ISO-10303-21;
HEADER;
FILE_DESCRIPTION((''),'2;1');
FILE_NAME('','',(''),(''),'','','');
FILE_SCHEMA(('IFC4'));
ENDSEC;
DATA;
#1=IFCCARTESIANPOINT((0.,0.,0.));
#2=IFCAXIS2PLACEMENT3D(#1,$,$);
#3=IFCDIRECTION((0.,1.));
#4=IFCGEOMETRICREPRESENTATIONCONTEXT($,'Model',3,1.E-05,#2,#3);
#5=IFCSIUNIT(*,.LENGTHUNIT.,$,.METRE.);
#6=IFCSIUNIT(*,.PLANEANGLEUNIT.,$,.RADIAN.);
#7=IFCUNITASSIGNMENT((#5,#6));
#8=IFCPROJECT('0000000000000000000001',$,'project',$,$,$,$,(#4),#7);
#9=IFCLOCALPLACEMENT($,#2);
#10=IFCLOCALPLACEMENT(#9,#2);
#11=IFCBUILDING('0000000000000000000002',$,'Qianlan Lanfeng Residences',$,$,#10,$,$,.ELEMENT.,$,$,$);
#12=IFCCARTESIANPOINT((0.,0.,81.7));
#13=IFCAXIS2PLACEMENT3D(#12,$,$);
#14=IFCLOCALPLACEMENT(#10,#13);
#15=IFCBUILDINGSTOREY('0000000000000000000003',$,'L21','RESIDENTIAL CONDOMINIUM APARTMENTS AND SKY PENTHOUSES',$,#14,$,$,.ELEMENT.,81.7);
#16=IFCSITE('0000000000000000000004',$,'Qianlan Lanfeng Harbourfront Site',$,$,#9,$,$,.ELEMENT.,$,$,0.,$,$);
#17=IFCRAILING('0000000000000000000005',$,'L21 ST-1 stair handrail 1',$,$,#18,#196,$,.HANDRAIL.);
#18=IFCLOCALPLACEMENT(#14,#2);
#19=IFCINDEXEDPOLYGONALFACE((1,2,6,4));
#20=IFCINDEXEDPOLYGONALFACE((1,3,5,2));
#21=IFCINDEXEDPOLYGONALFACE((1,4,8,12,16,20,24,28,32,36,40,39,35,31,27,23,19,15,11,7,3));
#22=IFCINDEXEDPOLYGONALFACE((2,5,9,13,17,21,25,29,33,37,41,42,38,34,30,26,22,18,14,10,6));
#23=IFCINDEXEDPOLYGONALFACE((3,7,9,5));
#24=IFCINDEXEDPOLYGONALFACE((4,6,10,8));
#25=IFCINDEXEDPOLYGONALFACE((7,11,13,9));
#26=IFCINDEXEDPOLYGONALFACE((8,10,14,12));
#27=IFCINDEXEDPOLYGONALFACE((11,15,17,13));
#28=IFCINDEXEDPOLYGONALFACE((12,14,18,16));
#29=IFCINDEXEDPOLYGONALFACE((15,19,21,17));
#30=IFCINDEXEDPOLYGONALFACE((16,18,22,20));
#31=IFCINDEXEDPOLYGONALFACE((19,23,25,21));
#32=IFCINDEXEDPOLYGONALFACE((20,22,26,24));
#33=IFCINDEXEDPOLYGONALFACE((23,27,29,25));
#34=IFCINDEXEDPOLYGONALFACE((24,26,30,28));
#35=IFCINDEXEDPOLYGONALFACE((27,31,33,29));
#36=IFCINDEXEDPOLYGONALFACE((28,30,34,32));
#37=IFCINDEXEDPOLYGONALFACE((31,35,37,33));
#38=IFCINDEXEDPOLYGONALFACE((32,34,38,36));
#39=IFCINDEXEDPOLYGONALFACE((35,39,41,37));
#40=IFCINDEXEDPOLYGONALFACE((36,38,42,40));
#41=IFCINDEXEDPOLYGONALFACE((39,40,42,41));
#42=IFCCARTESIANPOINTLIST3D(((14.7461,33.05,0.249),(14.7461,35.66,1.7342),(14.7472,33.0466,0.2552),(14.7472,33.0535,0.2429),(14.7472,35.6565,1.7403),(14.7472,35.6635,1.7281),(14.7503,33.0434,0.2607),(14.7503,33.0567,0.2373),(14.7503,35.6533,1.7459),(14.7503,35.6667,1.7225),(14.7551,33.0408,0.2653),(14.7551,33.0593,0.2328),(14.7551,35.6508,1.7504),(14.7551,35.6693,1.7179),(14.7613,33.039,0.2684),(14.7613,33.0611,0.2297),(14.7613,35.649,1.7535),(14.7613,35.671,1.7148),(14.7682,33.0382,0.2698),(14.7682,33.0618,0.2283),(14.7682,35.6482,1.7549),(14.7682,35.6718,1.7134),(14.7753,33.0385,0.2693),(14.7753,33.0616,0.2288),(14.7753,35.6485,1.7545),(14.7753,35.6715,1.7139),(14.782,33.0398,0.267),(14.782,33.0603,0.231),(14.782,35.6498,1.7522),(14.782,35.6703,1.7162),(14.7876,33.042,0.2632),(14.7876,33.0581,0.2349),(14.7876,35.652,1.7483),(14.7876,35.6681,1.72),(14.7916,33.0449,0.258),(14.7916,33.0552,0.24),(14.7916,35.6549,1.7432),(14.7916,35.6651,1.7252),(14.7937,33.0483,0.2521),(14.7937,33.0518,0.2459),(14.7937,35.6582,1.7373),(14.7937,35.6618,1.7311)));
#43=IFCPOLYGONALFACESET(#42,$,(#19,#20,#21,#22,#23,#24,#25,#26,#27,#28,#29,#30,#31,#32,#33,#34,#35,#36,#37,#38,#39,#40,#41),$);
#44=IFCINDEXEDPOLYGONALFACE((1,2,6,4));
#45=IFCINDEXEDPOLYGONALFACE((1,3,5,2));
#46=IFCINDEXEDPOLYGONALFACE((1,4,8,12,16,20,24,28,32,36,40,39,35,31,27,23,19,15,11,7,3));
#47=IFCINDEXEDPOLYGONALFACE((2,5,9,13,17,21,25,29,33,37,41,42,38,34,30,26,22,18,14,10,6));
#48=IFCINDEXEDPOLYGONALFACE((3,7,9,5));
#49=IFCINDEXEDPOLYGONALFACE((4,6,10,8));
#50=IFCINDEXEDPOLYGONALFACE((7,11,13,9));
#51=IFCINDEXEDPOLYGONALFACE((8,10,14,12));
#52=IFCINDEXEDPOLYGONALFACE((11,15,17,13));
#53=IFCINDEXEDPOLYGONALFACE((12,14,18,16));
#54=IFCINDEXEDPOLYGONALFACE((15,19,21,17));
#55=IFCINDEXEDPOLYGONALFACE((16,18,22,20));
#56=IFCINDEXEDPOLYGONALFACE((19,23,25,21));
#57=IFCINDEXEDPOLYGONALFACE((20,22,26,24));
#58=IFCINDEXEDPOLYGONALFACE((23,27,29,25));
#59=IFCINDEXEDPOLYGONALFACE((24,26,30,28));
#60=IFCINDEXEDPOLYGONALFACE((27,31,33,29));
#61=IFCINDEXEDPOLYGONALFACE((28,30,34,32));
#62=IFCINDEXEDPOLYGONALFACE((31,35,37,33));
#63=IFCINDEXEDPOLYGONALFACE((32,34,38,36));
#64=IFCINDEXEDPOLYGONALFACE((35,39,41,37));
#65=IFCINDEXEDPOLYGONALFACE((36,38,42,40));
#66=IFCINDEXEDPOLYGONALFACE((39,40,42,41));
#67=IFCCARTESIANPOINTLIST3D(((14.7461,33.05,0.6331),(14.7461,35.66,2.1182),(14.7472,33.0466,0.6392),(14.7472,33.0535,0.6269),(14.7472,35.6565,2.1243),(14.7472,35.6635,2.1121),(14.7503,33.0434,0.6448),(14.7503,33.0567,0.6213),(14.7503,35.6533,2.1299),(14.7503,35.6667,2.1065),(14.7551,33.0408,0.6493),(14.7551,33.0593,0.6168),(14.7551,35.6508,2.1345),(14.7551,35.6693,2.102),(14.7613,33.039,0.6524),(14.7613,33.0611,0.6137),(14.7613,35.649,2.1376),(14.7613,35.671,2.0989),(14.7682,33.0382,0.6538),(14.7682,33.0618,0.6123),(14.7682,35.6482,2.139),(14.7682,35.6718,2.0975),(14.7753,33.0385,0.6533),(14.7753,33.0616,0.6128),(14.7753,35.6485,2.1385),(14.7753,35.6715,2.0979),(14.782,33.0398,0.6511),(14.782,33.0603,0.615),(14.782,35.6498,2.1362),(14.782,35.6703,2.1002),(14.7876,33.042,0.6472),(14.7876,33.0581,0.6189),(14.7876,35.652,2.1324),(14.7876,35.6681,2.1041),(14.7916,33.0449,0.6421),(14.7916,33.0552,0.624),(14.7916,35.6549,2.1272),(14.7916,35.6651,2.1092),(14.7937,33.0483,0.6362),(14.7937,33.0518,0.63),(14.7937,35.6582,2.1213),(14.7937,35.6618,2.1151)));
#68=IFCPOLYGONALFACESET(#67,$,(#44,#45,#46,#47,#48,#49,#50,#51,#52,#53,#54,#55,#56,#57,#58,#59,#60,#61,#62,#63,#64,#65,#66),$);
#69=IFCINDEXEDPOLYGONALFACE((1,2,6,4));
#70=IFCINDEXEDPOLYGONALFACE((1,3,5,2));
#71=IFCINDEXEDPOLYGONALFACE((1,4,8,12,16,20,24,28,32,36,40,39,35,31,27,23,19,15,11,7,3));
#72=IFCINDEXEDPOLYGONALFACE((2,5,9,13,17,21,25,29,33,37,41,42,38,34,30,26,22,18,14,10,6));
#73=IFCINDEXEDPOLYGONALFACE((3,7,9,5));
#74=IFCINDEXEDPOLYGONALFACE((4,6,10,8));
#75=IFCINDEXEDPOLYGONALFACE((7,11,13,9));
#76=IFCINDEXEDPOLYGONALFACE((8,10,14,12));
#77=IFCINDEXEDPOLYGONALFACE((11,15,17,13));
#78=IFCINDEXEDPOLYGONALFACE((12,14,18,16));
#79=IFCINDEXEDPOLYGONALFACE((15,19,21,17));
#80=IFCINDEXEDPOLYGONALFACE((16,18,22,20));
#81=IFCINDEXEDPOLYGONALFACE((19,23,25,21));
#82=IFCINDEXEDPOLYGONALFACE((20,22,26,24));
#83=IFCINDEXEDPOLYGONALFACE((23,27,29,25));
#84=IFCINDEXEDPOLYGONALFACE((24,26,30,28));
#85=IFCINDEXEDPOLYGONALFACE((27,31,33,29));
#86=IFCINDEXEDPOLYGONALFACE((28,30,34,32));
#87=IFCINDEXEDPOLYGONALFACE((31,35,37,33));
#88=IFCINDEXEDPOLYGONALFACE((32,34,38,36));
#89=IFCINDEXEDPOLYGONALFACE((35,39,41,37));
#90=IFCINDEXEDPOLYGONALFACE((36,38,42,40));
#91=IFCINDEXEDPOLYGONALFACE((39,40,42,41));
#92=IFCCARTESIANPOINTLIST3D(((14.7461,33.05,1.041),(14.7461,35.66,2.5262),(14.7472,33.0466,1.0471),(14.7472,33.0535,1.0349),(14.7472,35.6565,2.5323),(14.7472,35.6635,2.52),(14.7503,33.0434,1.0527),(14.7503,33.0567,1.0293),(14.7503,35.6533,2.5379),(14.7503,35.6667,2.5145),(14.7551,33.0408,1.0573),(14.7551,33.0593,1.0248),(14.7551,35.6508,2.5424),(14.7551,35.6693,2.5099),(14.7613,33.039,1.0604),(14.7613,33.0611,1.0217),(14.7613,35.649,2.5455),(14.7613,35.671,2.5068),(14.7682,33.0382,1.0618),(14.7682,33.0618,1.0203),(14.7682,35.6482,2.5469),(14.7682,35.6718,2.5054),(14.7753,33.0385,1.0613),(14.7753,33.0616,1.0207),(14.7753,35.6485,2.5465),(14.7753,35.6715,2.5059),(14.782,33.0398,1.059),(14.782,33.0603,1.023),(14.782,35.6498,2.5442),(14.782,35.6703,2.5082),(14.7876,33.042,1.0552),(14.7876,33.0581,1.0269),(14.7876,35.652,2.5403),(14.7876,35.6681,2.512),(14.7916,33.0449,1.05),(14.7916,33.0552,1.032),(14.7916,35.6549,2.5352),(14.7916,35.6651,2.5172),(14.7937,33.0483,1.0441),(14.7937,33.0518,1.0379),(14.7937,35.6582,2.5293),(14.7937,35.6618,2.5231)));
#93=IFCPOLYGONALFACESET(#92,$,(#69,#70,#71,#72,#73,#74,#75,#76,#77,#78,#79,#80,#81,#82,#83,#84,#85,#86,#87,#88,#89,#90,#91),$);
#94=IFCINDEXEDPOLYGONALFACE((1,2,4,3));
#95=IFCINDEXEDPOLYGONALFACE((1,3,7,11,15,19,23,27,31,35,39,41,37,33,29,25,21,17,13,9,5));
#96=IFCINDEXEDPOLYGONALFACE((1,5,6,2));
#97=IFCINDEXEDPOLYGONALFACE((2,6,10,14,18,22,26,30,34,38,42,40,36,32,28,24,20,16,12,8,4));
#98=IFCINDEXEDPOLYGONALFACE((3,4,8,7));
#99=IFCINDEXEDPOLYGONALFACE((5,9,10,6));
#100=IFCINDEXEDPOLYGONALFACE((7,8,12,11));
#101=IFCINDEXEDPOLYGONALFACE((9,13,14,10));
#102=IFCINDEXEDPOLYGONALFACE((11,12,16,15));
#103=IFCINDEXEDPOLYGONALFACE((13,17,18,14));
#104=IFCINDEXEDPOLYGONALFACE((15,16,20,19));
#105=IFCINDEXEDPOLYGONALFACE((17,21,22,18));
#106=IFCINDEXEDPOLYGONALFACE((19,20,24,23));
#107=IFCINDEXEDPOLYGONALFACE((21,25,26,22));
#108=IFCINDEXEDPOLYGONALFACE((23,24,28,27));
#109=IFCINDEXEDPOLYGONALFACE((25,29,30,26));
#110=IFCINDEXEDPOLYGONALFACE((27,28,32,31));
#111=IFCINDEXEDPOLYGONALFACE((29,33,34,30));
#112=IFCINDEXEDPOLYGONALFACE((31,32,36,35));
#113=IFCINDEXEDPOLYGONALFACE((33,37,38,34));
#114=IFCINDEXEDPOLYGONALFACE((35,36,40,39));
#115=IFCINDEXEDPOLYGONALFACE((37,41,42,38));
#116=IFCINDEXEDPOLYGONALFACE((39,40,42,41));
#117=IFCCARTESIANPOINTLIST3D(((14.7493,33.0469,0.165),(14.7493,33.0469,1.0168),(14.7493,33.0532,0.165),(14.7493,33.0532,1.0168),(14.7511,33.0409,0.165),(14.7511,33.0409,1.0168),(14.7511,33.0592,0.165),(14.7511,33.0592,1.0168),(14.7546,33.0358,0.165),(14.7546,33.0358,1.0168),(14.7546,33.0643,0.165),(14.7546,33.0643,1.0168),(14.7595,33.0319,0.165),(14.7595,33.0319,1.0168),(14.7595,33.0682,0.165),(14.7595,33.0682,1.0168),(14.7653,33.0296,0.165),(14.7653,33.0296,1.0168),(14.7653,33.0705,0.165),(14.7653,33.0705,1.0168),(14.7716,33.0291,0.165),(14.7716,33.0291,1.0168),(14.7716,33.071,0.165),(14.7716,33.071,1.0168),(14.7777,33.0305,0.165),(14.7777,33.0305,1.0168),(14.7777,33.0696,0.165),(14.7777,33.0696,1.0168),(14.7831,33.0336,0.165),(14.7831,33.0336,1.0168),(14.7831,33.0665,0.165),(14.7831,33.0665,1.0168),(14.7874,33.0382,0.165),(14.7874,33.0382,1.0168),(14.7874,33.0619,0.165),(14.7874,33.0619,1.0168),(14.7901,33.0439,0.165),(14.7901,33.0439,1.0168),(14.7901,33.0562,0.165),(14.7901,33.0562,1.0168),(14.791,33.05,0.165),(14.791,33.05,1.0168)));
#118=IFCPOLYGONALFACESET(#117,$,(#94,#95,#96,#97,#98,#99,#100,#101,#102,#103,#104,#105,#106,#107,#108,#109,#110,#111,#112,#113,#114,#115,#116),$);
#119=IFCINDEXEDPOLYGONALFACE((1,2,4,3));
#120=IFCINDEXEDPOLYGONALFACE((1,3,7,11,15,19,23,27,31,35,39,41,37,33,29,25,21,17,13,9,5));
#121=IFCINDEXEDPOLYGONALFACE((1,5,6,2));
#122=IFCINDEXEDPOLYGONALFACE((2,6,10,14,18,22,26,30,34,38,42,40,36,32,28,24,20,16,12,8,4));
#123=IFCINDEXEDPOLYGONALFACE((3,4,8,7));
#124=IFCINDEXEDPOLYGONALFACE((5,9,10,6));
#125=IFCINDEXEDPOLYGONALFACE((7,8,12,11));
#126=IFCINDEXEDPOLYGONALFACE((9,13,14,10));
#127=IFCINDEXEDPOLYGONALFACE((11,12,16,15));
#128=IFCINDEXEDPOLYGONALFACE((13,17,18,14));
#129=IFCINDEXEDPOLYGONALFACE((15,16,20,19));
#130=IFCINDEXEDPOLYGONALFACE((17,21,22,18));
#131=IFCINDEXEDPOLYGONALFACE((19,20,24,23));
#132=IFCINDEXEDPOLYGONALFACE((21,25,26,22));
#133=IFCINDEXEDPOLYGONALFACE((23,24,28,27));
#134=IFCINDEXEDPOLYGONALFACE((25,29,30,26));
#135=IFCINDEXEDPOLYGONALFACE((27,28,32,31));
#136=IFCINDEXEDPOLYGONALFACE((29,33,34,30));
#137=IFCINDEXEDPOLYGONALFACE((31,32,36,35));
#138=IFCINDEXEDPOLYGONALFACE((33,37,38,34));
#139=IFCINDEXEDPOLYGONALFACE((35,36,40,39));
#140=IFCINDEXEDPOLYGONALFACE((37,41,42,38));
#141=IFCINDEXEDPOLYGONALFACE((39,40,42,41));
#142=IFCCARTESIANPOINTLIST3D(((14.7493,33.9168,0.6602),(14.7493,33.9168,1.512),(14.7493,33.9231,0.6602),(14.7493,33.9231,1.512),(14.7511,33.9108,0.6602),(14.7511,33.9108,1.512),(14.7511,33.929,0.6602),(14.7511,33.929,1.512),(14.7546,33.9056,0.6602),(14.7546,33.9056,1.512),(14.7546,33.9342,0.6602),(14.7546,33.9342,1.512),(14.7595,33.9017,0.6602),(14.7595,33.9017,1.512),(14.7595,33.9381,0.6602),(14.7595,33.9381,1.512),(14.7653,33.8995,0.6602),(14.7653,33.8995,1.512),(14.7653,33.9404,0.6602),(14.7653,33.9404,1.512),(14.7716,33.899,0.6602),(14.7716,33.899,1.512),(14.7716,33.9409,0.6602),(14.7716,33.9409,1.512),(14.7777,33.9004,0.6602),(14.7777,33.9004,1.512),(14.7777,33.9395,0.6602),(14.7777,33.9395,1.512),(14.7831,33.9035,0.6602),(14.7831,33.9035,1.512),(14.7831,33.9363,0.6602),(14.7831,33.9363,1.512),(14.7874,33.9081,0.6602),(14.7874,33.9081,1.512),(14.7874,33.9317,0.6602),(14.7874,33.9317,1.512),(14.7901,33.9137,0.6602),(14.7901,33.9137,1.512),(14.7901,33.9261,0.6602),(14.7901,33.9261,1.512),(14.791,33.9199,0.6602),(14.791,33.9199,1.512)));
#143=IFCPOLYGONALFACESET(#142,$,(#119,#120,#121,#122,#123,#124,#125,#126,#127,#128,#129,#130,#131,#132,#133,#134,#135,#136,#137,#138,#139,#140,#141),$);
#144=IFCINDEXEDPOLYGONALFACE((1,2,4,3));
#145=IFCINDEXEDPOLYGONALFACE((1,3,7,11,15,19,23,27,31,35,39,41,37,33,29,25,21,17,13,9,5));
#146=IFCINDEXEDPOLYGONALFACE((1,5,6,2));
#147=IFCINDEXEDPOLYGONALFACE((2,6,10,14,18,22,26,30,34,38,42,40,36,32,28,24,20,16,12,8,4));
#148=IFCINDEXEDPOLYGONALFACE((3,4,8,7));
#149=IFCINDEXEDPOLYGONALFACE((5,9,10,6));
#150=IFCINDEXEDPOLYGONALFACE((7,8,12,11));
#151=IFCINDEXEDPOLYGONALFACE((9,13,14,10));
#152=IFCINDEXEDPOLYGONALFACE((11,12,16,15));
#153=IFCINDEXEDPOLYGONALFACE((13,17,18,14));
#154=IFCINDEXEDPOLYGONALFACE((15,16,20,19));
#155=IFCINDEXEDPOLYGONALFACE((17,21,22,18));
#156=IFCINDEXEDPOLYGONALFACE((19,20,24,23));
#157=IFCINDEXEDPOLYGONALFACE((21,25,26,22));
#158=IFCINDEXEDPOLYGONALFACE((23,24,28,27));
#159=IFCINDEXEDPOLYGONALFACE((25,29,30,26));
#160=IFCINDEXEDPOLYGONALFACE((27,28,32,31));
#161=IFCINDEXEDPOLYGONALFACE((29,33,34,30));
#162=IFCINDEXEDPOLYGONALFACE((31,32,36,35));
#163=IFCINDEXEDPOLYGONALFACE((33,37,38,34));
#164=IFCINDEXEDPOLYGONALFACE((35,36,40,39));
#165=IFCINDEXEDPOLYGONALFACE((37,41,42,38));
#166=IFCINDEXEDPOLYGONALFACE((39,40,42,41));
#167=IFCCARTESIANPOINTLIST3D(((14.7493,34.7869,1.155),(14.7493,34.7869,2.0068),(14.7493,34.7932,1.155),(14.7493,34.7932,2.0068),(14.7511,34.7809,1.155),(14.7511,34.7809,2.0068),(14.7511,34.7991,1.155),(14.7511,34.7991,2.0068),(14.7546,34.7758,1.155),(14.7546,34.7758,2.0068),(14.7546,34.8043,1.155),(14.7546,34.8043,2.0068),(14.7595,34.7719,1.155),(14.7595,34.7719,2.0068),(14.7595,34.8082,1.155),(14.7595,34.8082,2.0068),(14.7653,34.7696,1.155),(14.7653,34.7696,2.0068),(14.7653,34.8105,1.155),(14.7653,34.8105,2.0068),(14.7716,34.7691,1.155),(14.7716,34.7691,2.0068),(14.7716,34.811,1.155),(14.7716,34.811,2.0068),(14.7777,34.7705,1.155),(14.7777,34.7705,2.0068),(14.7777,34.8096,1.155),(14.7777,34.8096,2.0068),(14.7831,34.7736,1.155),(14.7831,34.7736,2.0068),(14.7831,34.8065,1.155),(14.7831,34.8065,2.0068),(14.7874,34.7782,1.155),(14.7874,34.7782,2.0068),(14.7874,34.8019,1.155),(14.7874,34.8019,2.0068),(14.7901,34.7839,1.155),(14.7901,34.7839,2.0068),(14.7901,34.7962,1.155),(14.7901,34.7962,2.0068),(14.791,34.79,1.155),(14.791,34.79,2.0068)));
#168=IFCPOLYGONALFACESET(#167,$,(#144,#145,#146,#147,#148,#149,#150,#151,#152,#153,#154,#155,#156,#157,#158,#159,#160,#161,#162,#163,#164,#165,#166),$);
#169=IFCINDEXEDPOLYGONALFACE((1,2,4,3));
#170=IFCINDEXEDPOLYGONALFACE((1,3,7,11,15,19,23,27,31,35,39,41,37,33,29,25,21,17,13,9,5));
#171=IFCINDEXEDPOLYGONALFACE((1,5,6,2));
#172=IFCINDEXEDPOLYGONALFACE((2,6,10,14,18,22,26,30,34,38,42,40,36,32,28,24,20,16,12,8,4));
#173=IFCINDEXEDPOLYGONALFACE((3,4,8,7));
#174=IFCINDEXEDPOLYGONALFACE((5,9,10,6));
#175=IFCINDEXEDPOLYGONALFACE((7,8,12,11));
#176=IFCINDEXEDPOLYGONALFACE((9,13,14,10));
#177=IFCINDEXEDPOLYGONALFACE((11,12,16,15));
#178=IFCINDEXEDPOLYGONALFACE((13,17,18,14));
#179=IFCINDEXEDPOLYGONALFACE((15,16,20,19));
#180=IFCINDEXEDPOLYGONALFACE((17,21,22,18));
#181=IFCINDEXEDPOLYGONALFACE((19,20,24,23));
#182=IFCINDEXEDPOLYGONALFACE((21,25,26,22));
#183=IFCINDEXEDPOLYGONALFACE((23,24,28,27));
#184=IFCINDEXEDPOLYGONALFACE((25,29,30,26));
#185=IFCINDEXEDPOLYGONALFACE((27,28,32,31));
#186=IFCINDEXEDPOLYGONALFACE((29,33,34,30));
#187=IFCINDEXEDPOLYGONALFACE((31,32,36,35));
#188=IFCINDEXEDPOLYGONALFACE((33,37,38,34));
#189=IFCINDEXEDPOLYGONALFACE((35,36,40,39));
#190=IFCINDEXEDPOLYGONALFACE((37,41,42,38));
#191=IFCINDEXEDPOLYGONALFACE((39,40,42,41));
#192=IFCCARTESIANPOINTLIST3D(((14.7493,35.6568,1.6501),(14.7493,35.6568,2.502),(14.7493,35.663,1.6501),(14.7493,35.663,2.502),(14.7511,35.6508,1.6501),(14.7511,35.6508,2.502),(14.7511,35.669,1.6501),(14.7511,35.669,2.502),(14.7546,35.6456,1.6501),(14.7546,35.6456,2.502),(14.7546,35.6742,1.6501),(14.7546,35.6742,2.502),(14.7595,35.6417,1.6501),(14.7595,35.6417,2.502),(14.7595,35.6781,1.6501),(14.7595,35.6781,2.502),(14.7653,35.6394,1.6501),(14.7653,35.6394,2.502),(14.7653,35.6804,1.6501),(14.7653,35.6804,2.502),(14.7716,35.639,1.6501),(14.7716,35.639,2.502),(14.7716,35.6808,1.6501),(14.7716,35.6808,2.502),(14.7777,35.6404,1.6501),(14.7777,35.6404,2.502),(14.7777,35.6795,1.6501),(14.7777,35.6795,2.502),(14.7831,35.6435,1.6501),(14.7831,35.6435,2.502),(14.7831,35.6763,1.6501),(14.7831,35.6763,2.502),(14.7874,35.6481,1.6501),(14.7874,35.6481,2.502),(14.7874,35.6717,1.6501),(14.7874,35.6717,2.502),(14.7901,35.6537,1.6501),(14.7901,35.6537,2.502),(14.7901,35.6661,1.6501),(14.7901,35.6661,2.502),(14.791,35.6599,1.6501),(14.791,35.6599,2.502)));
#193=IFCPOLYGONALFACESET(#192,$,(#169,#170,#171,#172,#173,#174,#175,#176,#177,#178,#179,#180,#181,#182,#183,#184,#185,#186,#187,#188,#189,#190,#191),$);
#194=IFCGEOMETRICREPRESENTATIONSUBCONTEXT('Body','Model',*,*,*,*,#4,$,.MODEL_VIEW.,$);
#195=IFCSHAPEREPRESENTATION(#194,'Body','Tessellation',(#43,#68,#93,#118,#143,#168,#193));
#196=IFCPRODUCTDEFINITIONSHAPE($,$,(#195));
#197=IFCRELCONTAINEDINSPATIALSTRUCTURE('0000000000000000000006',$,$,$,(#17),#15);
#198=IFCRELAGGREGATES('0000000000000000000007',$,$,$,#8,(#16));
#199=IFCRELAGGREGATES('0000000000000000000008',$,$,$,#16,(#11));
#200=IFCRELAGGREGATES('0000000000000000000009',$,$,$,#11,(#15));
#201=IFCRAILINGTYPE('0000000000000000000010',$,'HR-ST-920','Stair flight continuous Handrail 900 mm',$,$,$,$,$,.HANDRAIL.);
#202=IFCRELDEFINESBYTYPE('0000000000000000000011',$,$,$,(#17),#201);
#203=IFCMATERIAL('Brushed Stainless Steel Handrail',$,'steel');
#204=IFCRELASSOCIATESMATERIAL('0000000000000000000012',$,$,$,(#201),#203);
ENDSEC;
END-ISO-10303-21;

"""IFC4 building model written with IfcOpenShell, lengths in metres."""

from ifc_helpers import new_model, si_unit, direction, frame, origin, origin_2d, place, context, subcontext, project, spatial, circle, extrude, material, type_object, element, save


model = new_model("IFC4")

# Units and contexts
model_context = context("Model", 3, precision=1e-05, world=origin(), true_north=direction((0.0, 1.0)))
body_context = subcontext(model_context, "Body", "Model", "MODEL_VIEW")
ifc_project = project(units=[si_unit("LENGTHUNIT", "METRE"), si_unit("PLANEANGLEUNIT", "RADIAN")], contexts=[model_context])

# Site, building, storey
site_placement = place(None, origin())
site = spatial("IfcSite", under=ifc_project, at=site_placement, Name="Qianlan Lanfeng Harbourfront Site", CompositionType="ELEMENT", RefElevation=0.0)
building_placement = place(site_placement, origin())
building = spatial("IfcBuilding", under=site, at=building_placement, Name="Qianlan Lanfeng Residences", CompositionType="ELEMENT")
storey_placement = place(building_placement, frame((0.0, 0.0, 81.7)))
storey = spatial("IfcBuildingStorey", under=building, at=storey_placement, Name="L21", Description="RESIDENTIAL CONDOMINIUM APARTMENTS AND SKY PENTHOUSES", CompositionType="ELEMENT", Elevation=81.7)

# Railing
ifc_material_1 = material(Name="Brushed Stainless Steel Handrail", Category="steel")
railing_type_1 = type_object("IfcRailingType", Name="HR-ST-920", Description="Stair flight continuous Handrail 900 mm", PredefinedType="HANDRAIL", material=ifc_material_1)
railing_1_placement = place(storey_placement, frame((14.77, 33.05, 0.165)))
element("IfcRailing", 1, at=railing_1_placement, inside=storey, type_object=railing_type_1, Name="L21 ST-1 stair handrail 1", PredefinedType="HANDRAIL", context=body_context, shape_type="SweptSolid", body=[
    extrude(circle(Radius=0.0239, at=origin_2d()), frame((0.0, 0.0, 0.084), z_axis=(0.0, 0.869137, 0.494571), x_axis=(-1.0, 0.0, 0.0)), (0.0, 0.0, 1.0), 3.0029),
    extrude(circle(Radius=0.0239, at=origin_2d()), frame((0.0, 0.0, 0.468), z_axis=(0.0, 0.869137, 0.494571), x_axis=(-1.0, 0.0, 0.0)), (0.0, 0.0, 1.0), 3.0029),
    extrude(circle(Radius=0.0239, at=origin_2d()), frame((0.0, 0.0, 0.876), z_axis=(0.0, 0.869137, 0.494571), x_axis=(-1.0, 0.0, 0.0)), (0.0, 0.0, 1.0), 3.0029),
    extrude(circle(Radius=0.021, at=origin_2d()), origin(), (0.0, 0.0, 1.0), 0.8518),
    extrude(circle(Radius=0.021, at=origin_2d()), frame((0.0, 0.8699, 0.4951)), (0.0, 0.0, 1.0), 0.8518),
    extrude(circle(Radius=0.021, at=origin_2d()), frame((0.0, 1.74, 0.99)), (0.0, 0.0, 1.0), 0.8518),
    extrude(circle(Radius=0.021, at=origin_2d()), frame((0.0, 2.6099, 1.4851)), (0.0, 0.0, 1.0), 0.8518),
])

save(model, "model.ifc")
